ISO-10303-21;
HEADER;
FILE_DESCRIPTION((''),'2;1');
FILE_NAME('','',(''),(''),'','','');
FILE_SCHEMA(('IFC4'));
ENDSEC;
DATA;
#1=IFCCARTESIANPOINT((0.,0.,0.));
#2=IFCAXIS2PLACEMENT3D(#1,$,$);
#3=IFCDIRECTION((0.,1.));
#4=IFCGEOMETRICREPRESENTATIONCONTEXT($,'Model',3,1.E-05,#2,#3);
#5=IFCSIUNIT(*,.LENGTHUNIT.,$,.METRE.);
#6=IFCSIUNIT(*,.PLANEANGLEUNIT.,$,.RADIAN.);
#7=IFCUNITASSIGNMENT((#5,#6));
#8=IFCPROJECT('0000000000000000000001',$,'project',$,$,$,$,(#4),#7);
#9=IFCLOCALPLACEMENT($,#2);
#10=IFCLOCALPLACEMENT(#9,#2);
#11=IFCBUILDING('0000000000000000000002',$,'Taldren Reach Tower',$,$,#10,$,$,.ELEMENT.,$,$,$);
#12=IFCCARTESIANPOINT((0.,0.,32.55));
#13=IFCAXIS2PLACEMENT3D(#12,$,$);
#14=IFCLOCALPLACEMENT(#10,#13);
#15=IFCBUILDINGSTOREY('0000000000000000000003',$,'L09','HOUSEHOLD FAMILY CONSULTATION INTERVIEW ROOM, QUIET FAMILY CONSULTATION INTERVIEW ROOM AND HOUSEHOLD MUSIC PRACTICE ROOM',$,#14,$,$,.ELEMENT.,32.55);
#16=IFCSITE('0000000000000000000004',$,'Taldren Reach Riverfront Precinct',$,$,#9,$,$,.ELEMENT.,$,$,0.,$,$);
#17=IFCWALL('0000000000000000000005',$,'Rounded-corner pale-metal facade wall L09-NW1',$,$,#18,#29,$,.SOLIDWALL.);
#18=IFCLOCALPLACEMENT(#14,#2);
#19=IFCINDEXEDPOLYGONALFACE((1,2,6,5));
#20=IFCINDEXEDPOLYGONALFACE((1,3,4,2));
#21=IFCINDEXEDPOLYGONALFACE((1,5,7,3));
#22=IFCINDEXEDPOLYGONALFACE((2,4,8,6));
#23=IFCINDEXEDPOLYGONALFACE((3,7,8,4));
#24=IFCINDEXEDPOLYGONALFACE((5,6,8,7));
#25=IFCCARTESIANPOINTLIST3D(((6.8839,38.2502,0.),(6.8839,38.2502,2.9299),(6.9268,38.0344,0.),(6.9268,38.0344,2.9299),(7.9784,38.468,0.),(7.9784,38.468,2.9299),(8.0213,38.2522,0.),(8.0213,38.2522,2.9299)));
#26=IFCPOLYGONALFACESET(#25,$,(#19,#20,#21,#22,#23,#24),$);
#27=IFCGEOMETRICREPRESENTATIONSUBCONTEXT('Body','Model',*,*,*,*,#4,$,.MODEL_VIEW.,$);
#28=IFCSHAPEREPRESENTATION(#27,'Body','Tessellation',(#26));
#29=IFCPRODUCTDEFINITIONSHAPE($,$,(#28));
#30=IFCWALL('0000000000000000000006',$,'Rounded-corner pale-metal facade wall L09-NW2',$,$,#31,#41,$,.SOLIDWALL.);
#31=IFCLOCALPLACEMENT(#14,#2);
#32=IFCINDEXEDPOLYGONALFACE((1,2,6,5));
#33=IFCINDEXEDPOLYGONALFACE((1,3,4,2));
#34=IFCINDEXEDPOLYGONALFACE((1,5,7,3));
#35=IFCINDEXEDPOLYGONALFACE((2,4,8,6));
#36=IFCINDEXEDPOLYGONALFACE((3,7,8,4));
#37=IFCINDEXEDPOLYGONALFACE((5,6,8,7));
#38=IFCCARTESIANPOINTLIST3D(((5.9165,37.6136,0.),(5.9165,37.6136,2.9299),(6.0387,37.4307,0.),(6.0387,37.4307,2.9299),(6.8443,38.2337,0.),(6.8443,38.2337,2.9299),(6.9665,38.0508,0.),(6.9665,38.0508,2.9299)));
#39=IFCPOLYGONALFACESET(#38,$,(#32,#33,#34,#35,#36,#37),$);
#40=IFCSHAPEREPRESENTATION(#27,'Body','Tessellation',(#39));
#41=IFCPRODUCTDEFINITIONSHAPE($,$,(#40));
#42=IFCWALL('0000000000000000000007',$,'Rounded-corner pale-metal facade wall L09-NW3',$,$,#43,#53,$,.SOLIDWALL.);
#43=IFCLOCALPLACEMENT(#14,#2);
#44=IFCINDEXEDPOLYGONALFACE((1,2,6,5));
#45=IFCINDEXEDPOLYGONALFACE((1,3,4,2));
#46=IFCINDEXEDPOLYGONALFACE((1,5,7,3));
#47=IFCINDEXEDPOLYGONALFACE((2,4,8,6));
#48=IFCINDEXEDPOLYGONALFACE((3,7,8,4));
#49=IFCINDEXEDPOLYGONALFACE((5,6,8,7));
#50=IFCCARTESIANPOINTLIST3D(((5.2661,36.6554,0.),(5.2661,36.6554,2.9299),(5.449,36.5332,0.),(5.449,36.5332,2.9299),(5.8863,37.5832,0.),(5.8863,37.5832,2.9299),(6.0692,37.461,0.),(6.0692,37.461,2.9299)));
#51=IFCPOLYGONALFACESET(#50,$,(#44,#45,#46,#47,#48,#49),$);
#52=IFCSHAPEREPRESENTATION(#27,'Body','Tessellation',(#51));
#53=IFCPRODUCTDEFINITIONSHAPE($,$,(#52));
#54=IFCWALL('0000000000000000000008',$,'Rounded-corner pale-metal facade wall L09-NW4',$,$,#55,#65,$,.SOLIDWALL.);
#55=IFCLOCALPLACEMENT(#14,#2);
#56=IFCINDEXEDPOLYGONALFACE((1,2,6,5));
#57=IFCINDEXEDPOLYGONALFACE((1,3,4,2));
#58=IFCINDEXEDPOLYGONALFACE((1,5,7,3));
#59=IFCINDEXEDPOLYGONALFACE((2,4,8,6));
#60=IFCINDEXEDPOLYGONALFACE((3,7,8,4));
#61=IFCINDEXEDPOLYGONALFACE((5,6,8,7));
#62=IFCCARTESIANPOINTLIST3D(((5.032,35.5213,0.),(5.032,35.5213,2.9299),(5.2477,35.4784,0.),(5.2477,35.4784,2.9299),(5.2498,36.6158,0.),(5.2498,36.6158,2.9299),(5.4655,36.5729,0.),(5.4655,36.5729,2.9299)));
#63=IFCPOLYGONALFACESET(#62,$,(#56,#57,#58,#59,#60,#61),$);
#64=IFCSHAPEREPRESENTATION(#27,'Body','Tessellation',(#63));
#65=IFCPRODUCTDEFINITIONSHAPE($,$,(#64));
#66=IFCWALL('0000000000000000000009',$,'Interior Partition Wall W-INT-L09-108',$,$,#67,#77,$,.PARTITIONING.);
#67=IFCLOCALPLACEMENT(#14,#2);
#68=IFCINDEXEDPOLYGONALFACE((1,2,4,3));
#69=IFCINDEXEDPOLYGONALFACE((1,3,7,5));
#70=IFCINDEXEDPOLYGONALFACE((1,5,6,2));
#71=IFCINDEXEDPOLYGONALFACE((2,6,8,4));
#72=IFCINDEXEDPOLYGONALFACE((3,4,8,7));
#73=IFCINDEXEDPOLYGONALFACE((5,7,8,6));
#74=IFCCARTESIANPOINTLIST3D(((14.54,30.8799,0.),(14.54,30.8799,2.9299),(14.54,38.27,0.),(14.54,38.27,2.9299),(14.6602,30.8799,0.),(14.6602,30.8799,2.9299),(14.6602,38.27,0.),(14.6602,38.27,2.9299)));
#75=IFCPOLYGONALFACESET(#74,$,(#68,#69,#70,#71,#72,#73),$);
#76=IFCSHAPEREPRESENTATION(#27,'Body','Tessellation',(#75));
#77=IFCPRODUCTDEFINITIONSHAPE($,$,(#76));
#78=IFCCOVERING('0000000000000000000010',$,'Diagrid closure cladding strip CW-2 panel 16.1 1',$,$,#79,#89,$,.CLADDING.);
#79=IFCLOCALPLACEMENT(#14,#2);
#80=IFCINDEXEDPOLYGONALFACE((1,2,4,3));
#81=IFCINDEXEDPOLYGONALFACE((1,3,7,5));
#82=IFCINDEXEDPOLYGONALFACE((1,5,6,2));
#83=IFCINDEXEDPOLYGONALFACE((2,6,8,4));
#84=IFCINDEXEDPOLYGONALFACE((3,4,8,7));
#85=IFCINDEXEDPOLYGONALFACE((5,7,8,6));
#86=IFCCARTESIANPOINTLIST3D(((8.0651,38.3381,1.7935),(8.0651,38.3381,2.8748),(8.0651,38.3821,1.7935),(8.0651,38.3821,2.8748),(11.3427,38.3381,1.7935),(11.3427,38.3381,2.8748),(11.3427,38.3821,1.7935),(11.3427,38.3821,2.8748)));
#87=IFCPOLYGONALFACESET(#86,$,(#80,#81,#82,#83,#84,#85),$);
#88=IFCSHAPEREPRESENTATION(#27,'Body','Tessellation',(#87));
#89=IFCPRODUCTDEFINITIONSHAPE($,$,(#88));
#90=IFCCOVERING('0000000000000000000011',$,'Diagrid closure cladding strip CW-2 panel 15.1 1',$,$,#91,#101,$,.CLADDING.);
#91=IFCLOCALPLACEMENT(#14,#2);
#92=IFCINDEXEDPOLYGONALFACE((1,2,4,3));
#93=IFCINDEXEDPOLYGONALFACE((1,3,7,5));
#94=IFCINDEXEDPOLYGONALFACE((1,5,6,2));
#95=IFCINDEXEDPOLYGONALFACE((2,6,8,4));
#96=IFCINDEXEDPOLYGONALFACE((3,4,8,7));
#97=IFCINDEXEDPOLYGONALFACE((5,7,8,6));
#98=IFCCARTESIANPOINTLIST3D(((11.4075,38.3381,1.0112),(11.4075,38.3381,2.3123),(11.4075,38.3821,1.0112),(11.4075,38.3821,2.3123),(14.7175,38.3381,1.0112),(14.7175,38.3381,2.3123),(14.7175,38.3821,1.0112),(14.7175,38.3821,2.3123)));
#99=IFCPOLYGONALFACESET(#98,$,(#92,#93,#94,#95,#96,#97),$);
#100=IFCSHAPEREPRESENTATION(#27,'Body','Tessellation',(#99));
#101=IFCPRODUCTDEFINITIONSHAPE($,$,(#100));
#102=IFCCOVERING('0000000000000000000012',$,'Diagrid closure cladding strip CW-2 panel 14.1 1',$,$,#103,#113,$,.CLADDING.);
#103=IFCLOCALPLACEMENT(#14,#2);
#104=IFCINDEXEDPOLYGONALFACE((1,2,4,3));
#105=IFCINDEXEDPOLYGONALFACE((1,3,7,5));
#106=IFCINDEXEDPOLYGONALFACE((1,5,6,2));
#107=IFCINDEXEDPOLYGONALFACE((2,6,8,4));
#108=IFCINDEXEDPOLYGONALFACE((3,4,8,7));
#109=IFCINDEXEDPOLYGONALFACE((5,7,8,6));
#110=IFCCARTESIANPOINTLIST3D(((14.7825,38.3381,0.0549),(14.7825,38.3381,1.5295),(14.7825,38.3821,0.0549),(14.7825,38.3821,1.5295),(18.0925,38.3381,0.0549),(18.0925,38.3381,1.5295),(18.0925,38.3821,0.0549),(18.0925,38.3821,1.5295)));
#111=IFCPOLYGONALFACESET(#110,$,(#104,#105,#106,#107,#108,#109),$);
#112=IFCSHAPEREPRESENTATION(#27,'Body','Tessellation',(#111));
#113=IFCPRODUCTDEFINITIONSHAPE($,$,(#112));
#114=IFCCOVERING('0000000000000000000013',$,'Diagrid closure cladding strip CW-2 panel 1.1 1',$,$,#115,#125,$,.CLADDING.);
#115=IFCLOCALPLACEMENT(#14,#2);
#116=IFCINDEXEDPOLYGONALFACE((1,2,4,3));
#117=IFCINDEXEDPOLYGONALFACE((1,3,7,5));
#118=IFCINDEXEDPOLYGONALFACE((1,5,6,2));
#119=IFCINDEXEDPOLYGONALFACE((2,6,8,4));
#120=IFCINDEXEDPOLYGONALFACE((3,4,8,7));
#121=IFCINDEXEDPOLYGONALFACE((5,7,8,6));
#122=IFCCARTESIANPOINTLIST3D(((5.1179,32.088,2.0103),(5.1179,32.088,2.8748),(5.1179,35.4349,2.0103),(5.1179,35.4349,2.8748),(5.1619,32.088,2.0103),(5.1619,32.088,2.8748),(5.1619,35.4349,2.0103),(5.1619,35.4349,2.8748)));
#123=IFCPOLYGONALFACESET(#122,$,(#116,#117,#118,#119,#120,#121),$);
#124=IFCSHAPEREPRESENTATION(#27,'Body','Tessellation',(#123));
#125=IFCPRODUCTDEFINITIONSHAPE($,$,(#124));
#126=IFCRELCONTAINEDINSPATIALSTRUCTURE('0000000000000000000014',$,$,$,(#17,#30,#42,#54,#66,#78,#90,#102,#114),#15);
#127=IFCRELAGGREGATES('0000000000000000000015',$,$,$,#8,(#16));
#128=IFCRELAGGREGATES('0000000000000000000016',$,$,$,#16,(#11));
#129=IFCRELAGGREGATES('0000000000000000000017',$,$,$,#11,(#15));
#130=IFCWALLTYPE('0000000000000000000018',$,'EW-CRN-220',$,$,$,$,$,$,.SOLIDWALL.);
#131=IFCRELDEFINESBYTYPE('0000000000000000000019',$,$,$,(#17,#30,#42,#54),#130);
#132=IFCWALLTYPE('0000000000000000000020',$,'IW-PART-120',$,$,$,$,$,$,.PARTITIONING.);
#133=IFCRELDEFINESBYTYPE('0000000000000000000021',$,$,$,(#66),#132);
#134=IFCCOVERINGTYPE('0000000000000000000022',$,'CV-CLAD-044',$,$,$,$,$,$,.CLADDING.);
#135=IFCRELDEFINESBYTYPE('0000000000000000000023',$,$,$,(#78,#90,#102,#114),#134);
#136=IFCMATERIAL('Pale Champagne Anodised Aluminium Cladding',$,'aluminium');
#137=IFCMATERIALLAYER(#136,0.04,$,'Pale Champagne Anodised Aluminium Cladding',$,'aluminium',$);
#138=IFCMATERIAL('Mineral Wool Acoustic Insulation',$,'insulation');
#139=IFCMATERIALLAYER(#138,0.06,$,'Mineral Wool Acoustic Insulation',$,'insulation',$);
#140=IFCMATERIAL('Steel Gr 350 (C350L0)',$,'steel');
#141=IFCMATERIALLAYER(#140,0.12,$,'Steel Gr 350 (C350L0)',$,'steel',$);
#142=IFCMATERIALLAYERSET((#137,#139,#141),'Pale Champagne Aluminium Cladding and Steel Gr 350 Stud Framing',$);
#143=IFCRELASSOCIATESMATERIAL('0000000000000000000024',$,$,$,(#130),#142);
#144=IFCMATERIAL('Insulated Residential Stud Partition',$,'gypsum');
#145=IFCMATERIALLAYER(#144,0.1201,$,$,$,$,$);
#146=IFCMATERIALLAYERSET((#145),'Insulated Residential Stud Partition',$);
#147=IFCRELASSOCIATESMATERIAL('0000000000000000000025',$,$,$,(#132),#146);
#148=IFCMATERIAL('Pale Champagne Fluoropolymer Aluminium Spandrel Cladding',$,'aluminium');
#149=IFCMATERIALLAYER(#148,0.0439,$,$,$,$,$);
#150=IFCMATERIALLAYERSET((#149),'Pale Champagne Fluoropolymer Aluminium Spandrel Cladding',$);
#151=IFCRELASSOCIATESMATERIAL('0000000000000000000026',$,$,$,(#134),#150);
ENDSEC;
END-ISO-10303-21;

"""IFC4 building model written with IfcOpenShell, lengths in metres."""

from ifc_helpers import new_model, si_unit, direction, frame, frame_2d, origin, origin_2d, place, context, subcontext, project, spatial, rectangle, extrude, source, transform, mapped, material, layer, layer_set, type_object, element, save


model = new_model("IFC4")

# Units and contexts
model_context = context("Model", 3, precision=1e-05, world=origin(), true_north=direction((0.0, 1.0)))
body_context = subcontext(model_context, "Body", "Model", "MODEL_VIEW")
ifc_project = project(units=[si_unit("LENGTHUNIT", "METRE"), si_unit("PLANEANGLEUNIT", "RADIAN")], contexts=[model_context])

# Site, building, storey
site_placement = place(None, origin())
site = spatial("IfcSite", under=ifc_project, at=site_placement, Name="Taldren Reach Riverfront Precinct", CompositionType="ELEMENT", RefElevation=0.0)
building_placement = place(site_placement, origin())
building = spatial("IfcBuilding", under=site, at=building_placement, Name="Taldren Reach Tower", CompositionType="ELEMENT")
storey_placement = place(building_placement, frame((0.0, 0.0, 32.55)))
storey = spatial("IfcBuildingStorey", under=building, at=storey_placement, Name="L09", Description="HOUSEHOLD FAMILY CONSULTATION INTERVIEW ROOM, QUIET FAMILY CONSULTATION INTERVIEW ROOM AND HOUSEHOLD MUSIC PRACTICE ROOM", CompositionType="ELEMENT", Elevation=32.55)

# Shared definitions
ifc_material_1 = material(Name="Steel Gr 350 (C350L0)", Category="steel")

# Walls
ifc_material_2 = material(Name="Pale Champagne Anodised Aluminium Cladding", Category="aluminium")
ifc_layer_1 = layer(ifc_material_2, 0.04, Name="Pale Champagne Anodised Aluminium Cladding", Category="aluminium")
ifc_material_3 = material(Name="Mineral Wool Acoustic Insulation", Category="insulation")
ifc_layer_2 = layer(ifc_material_3, 0.06, Name="Mineral Wool Acoustic Insulation", Category="insulation")
ifc_layer_3 = layer(ifc_material_1, 0.12, Name="Steel Gr 350 (C350L0)", Category="steel")
ifc_layer_set_1 = layer_set([ifc_layer_1, ifc_layer_2, ifc_layer_3], Name="Pale Champagne Aluminium Cladding and Steel Gr 350 Stud Framing")
wall_type_1 = type_object("IfcWallType", Name="EW-CRN-220", PredefinedType="SOLIDWALL", material=ifc_layer_set_1)
shared_shape_1 = source(origin(), body_context, "Body", "SweptSolid", [
    extrude(rectangle(XDim=1.116, YDim=0.22, at=frame_2d((0.5581, 0.0))), origin(), (0.0, 0.0, 1.0), 2.9299),
])
for number, where, z_axis, x_axis, name in (
    (1, (8.0, 38.3601, 0.0), (0.0, 0.0, 1.0), (-0.980774, -0.195148, 0.0), "Rounded-corner pale-metal facade wall L09-NW1"),
    (2, (6.9055, 38.1423, 0.0), (0.0, 0.0, 1.0), (-0.831377, -0.55571, 0.0), "Rounded-corner pale-metal facade wall L09-NW2"),
    (3, (5.9778, 37.5222, 0.0), (0.0, 0.0, 1.0), (-0.55571, -0.831377, 0.0), "Rounded-corner pale-metal facade wall L09-NW3"),
    (4, (5.3577, 36.5945, 0.0), (0.0, 0.0, 1.0), (-0.195148, -0.980774, 0.0), "Rounded-corner pale-metal facade wall L09-NW4"),
):
    element("IfcWall", number, at=place(storey_placement, frame(where, z_axis=z_axis, x_axis=x_axis)), inside=storey, type_object=wall_type_1, Name=name, PredefinedType="SOLIDWALL", context=body_context, shape_type="MappedRepresentation", body=[
        mapped(shared_shape_1, transform((0.0, 0.0, 0.0), scale=1.0)),
    ])
ifc_material_4 = material(Name="Insulated Residential Stud Partition", Category="gypsum")
ifc_layer_4 = layer(ifc_material_4, 0.1201)
ifc_layer_set_2 = layer_set([ifc_layer_4], Name="Insulated Residential Stud Partition")
wall_type_2 = type_object("IfcWallType", Name="IW-PART-120", PredefinedType="PARTITIONING", material=ifc_layer_set_2)
shared_shape_2 = source(origin(), body_context, "Body", "SweptSolid", [
    extrude(rectangle(XDim=7.3901, YDim=0.1201, at=frame_2d((3.6951, 0.0))), origin(), (0.0, 0.0, 1.0), 2.9299),
])
wall_placement = place(storey_placement, frame((14.6001, 38.27, 0.0), z_axis=(0.0, 0.0, 1.0), x_axis=(0.0, -1.0, 0.0)))
element("IfcWall", 5, at=wall_placement, inside=storey, type_object=wall_type_2, Name="Interior Partition Wall W-INT-L09-108", PredefinedType="PARTITIONING", context=body_context, shape_type="MappedRepresentation", body=[
    mapped(shared_shape_2, transform((0.0, 0.0, 0.0), scale=1.0)),
])

# Coverings
ifc_material_5 = material(Name="Pale Champagne Fluoropolymer Aluminium Spandrel Cladding", Category="aluminium")
ifc_layer_5 = layer(ifc_material_5, 0.0439)
ifc_layer_set_3 = layer_set([ifc_layer_5], Name="Pale Champagne Fluoropolymer Aluminium Spandrel Cladding")
covering_type = type_object("IfcCoveringType", Name="CV-CLAD-044", PredefinedType="CLADDING", material=ifc_layer_set_3)
shared_shape_3 = source(origin(), body_context, "Body", "SweptSolid", [
    extrude(rectangle(XDim=3.2776, YDim=0.0439, at=origin_2d()), origin(), (0.0, 0.0, 1.0), 1.0813),
])
covering_1_placement = place(storey_placement, frame((9.7039, 38.3601, 1.7935), z_axis=(0.0, 0.0, 1.0), x_axis=(-1.0, 0.0, 0.0)))
element("IfcCovering", 6, at=covering_1_placement, inside=storey, type_object=covering_type, Name="Diagrid closure cladding strip CW-2 panel 16.1 1", PredefinedType="CLADDING", context=body_context, shape_type="MappedRepresentation", body=[
    mapped(shared_shape_3, transform((0.0, 0.0, 0.0), scale=1.0)),
])
shared_shape_4 = source(origin(), body_context, "Body", "SweptSolid", [
    extrude(rectangle(XDim=3.3101, YDim=0.0439, at=origin_2d()), origin(), (0.0, 0.0, 1.0), 1.301),
])
covering_2_placement = place(storey_placement, frame((13.0625, 38.3601, 1.0112), z_axis=(0.0, 0.0, 1.0), x_axis=(-1.0, 0.0, 0.0)))
element("IfcCovering", 7, at=covering_2_placement, inside=storey, type_object=covering_type, Name="Diagrid closure cladding strip CW-2 panel 15.1 1", PredefinedType="CLADDING", context=body_context, shape_type="MappedRepresentation", body=[
    mapped(shared_shape_4, transform((0.0, 0.0, 0.0), scale=1.0)),
])
shared_shape_5 = source(origin(), body_context, "Body", "SweptSolid", [
    extrude(rectangle(XDim=3.3101, YDim=0.0439, at=origin_2d()), origin(), (0.0, 0.0, 1.0), 1.4746),
])
covering_3_placement = place(storey_placement, frame((16.4375, 38.3601, 0.0549), z_axis=(0.0, 0.0, 1.0), x_axis=(-1.0, 0.0, 0.0)))
element("IfcCovering", 8, at=covering_3_placement, inside=storey, type_object=covering_type, Name="Diagrid closure cladding strip CW-2 panel 14.1 1", PredefinedType="CLADDING", context=body_context, shape_type="MappedRepresentation", body=[
    mapped(shared_shape_5, transform((0.0, 0.0, 0.0), scale=1.0)),
])
shared_shape_6 = source(origin(), body_context, "Body", "SweptSolid", [
    extrude(rectangle(XDim=3.3469, YDim=0.0439, at=origin_2d()), origin(), (0.0, 0.0, 1.0), 0.8645),
])
covering_4_placement = place(storey_placement, frame((5.1399, 33.7615, 2.0103), z_axis=(0.0, 0.0, 1.0), x_axis=(0.0, -1.0, 0.0)))
element("IfcCovering", 9, at=covering_4_placement, inside=storey, type_object=covering_type, Name="Diagrid closure cladding strip CW-2 panel 1.1 1", PredefinedType="CLADDING", context=body_context, shape_type="MappedRepresentation", body=[
    mapped(shared_shape_6, transform((0.0, 0.0, 0.0), scale=1.0)),
])

save(model, "model.ifc")
